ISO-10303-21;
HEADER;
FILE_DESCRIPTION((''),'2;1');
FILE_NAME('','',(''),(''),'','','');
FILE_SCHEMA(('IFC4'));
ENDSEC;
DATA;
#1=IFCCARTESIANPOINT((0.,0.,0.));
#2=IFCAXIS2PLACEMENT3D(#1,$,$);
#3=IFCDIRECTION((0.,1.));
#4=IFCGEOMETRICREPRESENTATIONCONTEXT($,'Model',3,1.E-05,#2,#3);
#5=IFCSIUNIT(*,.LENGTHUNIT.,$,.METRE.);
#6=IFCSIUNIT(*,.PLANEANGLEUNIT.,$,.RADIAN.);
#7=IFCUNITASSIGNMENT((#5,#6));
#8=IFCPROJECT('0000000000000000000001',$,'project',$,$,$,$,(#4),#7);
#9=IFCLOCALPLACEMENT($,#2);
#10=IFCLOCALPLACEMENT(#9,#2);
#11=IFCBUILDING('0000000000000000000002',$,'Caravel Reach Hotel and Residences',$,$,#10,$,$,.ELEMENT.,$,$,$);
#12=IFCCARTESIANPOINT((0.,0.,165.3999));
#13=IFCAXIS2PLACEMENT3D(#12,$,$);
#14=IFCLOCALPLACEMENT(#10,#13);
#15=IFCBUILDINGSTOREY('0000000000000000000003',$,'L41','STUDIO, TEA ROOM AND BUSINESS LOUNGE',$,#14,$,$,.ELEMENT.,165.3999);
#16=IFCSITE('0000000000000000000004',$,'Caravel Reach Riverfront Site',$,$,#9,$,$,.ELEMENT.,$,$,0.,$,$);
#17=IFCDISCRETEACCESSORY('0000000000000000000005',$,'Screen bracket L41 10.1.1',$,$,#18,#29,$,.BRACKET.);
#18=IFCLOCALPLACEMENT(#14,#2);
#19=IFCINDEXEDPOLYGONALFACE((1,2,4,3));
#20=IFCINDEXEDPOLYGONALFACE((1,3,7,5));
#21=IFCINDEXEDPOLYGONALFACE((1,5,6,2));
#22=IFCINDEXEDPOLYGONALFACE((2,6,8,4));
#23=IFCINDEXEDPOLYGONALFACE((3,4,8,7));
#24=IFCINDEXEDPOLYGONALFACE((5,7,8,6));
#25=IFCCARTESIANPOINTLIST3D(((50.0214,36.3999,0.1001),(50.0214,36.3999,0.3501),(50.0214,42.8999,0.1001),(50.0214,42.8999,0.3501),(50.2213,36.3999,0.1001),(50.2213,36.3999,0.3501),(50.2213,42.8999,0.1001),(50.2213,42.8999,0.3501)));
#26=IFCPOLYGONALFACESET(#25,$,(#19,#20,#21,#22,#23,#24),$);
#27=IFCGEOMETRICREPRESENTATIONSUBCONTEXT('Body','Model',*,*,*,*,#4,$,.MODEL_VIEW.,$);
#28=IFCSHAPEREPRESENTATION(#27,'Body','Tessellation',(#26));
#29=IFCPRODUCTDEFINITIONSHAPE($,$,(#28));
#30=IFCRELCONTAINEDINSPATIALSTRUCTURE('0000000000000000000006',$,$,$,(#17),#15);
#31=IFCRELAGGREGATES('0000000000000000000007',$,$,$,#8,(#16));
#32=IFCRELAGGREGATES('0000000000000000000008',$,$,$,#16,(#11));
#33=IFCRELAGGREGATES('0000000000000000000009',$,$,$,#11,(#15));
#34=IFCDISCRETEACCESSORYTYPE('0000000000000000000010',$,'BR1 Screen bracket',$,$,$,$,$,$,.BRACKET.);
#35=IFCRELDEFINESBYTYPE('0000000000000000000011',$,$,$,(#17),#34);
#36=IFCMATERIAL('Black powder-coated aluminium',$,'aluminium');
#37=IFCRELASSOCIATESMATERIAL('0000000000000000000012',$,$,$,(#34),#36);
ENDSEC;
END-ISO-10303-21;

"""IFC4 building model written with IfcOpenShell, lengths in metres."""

from ifc_helpers import new_model, si_unit, direction, frame, origin, origin_2d, place, context, subcontext, project, spatial, rectangle, extrude, material, type_object, element, save


model = new_model("IFC4")

# Units and contexts
model_context = context("Model", 3, precision=1e-05, world=origin(), true_north=direction((0.0, 1.0)))
body_context = subcontext(model_context, "Body", "Model", "MODEL_VIEW")
ifc_project = project(units=[si_unit("LENGTHUNIT", "METRE"), si_unit("PLANEANGLEUNIT", "RADIAN")], contexts=[model_context])

# Site, building, storey
site_placement = place(None, origin())
site = spatial("IfcSite", under=ifc_project, at=site_placement, Name="Caravel Reach Riverfront Site", CompositionType="ELEMENT", RefElevation=0.0)
building_placement = place(site_placement, origin())
building = spatial("IfcBuilding", under=site, at=building_placement, Name="Caravel Reach Hotel and Residences", CompositionType="ELEMENT")
storey_placement = place(building_placement, frame((0.0, 0.0, 165.3999)))
storey = spatial("IfcBuildingStorey", under=building, at=storey_placement, Name="L41", Description="STUDIO, TEA ROOM AND BUSINESS LOUNGE", CompositionType="ELEMENT", Elevation=165.3999)

# Discrete accessory
ifc_material_1 = material(Name="Black powder-coated aluminium", Category="aluminium")
discrete_accessory_type = type_object("IfcDiscreteAccessoryType", Name="BR1 Screen bracket", PredefinedType="BRACKET", material=ifc_material_1)
for number, where, z_axis, x_axis, name in (
    (1, (50.1213, 39.6499, 0.1001), (0.0, 0.0, 1.0), (0.0, 1.0, 0.0), "Screen bracket L41 10.1.1"),
):
    element("IfcDiscreteAccessory", number, at=place(storey_placement, frame(where, z_axis=z_axis, x_axis=x_axis)), inside=storey, type_object=discrete_accessory_type, Name=name, PredefinedType="BRACKET", context=body_context, shape_type="SweptSolid", body=[
        extrude(rectangle(XDim=6.5, YDim=0.2, at=origin_2d()), origin(), (0.0, 0.0, 1.0), 0.25),
    ])

save(model, "model.ifc")
